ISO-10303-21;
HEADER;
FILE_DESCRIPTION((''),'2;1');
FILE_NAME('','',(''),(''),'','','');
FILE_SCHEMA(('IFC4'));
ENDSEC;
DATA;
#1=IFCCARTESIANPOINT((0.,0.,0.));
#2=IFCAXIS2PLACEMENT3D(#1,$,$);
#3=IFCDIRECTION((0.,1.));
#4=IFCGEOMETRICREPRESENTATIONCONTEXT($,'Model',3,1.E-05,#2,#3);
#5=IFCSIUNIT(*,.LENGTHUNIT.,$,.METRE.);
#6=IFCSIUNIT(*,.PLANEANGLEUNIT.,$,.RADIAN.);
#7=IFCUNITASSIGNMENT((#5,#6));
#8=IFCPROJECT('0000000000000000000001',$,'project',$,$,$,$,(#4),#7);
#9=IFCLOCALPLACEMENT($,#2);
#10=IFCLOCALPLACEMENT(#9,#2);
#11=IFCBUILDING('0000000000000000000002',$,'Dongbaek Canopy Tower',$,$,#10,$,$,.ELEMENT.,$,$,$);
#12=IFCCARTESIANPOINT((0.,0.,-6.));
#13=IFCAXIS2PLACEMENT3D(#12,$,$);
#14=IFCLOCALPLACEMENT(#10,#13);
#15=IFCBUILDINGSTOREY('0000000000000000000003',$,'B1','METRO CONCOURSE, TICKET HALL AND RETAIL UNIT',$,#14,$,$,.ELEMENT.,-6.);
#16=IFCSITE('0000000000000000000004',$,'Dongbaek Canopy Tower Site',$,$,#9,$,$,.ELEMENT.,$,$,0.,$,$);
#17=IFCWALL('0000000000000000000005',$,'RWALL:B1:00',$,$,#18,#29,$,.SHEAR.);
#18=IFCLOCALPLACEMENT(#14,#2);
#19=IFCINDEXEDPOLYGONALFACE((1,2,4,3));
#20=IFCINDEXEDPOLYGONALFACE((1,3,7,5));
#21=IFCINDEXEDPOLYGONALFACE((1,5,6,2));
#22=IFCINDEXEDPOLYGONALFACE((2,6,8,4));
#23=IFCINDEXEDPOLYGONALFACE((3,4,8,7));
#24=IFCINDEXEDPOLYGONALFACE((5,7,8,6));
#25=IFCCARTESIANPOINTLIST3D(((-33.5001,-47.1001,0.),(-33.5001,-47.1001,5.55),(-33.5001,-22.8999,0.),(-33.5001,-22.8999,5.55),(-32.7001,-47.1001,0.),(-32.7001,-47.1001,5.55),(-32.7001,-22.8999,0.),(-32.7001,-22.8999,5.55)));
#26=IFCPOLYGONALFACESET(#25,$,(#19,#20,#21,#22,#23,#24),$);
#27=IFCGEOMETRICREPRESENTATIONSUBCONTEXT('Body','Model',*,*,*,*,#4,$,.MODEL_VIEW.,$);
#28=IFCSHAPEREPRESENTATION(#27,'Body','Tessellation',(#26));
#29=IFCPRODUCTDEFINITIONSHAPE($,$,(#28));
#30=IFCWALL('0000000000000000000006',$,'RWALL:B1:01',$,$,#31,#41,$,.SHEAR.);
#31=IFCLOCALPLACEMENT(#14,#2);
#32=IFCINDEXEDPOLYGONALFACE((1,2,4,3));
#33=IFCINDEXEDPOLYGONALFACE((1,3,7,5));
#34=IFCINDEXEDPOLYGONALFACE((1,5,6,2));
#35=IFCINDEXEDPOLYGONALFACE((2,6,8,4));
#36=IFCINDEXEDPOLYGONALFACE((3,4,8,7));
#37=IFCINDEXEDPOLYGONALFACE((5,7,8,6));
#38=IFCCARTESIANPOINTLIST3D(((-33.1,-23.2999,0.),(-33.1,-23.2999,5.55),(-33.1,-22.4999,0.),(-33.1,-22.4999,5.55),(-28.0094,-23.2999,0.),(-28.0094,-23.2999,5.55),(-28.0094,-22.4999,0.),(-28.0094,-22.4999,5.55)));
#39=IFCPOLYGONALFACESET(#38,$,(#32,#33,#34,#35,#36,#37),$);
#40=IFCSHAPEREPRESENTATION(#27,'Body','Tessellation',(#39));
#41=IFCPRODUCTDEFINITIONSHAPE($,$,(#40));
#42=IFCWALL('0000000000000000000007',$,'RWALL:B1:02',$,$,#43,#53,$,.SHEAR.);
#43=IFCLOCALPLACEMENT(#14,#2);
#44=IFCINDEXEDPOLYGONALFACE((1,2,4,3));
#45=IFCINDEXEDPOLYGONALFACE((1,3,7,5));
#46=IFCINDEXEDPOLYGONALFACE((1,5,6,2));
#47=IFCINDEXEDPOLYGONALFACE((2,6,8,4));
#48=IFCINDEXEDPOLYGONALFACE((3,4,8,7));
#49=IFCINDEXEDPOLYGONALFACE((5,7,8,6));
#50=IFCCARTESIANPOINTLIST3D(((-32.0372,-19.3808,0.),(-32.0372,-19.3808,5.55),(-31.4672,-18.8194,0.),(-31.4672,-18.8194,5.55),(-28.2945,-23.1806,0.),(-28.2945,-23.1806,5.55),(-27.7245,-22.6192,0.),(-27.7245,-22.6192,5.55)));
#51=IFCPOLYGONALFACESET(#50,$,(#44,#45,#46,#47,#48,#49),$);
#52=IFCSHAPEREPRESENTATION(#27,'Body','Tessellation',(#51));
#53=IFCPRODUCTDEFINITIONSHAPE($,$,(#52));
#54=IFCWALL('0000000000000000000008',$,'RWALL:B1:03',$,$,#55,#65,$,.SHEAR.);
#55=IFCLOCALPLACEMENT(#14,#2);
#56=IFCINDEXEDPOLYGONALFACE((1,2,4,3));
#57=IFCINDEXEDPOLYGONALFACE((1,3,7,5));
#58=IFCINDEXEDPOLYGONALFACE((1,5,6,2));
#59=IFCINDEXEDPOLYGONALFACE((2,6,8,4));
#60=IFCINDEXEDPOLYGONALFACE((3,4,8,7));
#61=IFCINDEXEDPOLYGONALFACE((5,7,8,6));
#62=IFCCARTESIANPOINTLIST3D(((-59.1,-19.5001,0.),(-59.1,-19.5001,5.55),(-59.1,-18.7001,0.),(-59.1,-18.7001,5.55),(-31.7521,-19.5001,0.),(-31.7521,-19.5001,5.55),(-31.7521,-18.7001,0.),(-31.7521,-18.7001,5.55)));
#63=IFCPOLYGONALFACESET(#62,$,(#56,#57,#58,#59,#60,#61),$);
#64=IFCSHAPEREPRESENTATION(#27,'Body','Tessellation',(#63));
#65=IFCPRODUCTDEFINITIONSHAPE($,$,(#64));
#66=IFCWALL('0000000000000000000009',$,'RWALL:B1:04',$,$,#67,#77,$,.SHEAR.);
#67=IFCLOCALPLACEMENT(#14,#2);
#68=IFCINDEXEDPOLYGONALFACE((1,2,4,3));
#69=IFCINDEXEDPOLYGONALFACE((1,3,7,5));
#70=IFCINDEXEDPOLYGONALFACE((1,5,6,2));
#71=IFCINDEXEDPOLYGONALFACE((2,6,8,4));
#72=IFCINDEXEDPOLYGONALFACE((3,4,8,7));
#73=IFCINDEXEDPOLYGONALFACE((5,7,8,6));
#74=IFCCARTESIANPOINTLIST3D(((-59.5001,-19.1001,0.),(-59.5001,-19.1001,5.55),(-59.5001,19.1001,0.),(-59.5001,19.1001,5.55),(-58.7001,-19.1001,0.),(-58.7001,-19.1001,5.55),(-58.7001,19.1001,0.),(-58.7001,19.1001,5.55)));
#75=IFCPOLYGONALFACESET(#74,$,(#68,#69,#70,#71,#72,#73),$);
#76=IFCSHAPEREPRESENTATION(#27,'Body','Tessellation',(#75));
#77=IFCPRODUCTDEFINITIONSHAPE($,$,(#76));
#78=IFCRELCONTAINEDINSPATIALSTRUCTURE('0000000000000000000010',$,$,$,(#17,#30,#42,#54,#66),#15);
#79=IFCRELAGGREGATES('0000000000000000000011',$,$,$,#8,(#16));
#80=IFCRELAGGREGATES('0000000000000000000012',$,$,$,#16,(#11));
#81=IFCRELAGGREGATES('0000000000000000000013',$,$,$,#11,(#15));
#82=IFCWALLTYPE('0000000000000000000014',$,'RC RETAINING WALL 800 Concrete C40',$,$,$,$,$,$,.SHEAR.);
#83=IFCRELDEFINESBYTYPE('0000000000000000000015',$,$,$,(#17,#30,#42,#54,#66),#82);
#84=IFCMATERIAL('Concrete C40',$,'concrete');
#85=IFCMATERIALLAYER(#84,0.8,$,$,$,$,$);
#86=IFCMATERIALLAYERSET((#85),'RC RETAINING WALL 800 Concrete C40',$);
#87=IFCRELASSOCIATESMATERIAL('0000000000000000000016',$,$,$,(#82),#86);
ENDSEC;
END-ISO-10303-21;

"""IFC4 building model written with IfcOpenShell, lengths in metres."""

from ifc_helpers import new_model, si_unit, direction, frame, frame_2d, origin, place, context, subcontext, project, spatial, rectangle, extrude, material, layer, layer_set, type_object, element, save


model = new_model("IFC4")

# Units and contexts
model_context = context("Model", 3, precision=1e-05, world=origin(), true_north=direction((0.0, 1.0)))
body_context = subcontext(model_context, "Body", "Model", "MODEL_VIEW")
ifc_project = project(units=[si_unit("LENGTHUNIT", "METRE"), si_unit("PLANEANGLEUNIT", "RADIAN")], contexts=[model_context])

# Site, building, storey
site_placement = place(None, origin())
site = spatial("IfcSite", under=ifc_project, at=site_placement, Name="Dongbaek Canopy Tower Site", CompositionType="ELEMENT", RefElevation=0.0)
building_placement = place(site_placement, origin())
building = spatial("IfcBuilding", under=site, at=building_placement, Name="Dongbaek Canopy Tower", CompositionType="ELEMENT")
storey_placement = place(building_placement, frame((0.0, 0.0, -6.0)))
storey = spatial("IfcBuildingStorey", under=building, at=storey_placement, Name="B1", Description="METRO CONCOURSE, TICKET HALL AND RETAIL UNIT", CompositionType="ELEMENT", Elevation=-6.0)

# Walls
ifc_material_1 = material(Name="Concrete C40", Category="concrete")
ifc_layer_1 = layer(ifc_material_1, 0.8)
ifc_layer_set_1 = layer_set([ifc_layer_1], Name="RC RETAINING WALL 800 Concrete C40")
wall_type_1 = type_object("IfcWallType", Name="RC RETAINING WALL 800 Concrete C40", PredefinedType="SHEAR", material=ifc_layer_set_1)
wall_1_placement = place(storey_placement, frame((-33.1001, -47.1001, 0.0), z_axis=(0.0, 0.0, 1.0), x_axis=(0.0, 1.0, 0.0)))
element("IfcWall", 1, at=wall_1_placement, inside=storey, type_object=wall_type_1, Name="RWALL:B1:00", PredefinedType="SHEAR", context=body_context, shape_type="SweptSolid", body=[
    extrude(rectangle(XDim=24.2002, YDim=0.8, at=frame_2d((12.1001, 0.0))), origin(), (0.0, 0.0, 1.0), 5.55),
])
wall_2_placement = place(storey_placement, frame((-33.1001, -22.8999, 0.0), z_axis=(0.0, 0.0, 1.0), x_axis=(1.0, 0.0, 0.0)))
element("IfcWall", 2, at=wall_2_placement, inside=storey, type_object=wall_type_1, Name="RWALL:B1:01", PredefinedType="SHEAR", context=body_context, shape_type="SweptSolid", body=[
    extrude(rectangle(XDim=5.0906, YDim=0.8, at=frame_2d((2.5454, 0.0))), origin(), (0.0, 0.0, 1.0), 5.55),
])
wall_3_placement = place(storey_placement, frame((-28.0095, -22.8999, 0.0), z_axis=(0.0, 0.0, 1.0), x_axis=(-0.701731, 0.712442, 0.0)))
element("IfcWall", 3, at=wall_3_placement, inside=storey, type_object=wall_type_1, Name="RWALL:B1:02", PredefinedType="SHEAR", context=body_context, shape_type="SweptSolid", body=[
    extrude(rectangle(XDim=5.3335, YDim=0.8, at=frame_2d((2.6667, 0.0))), origin(), (0.0, 0.0, 1.0), 5.55),
])
wall_4_placement = place(storey_placement, frame((-31.7522, -19.1001, 0.0), z_axis=(0.0, 0.0, 1.0), x_axis=(-1.0, 0.0, 0.0)))
element("IfcWall", 4, at=wall_4_placement, inside=storey, type_object=wall_type_1, Name="RWALL:B1:03", PredefinedType="SHEAR", context=body_context, shape_type="SweptSolid", body=[
    extrude(rectangle(XDim=27.3479, YDim=0.8, at=frame_2d((13.6738, 0.0))), origin(), (0.0, 0.0, 1.0), 5.55),
])
wall_5_placement = place(storey_placement, frame((-59.1001, -19.1001, 0.0), z_axis=(0.0, 0.0, 1.0), x_axis=(0.0, 1.0, 0.0)))
element("IfcWall", 5, at=wall_5_placement, inside=storey, type_object=wall_type_1, Name="RWALL:B1:04", PredefinedType="SHEAR", context=body_context, shape_type="SweptSolid", body=[
    extrude(rectangle(XDim=38.2002, YDim=0.8, at=frame_2d((19.1001, 0.0))), origin(), (0.0, 0.0, 1.0), 5.55),
])

save(model, "model.ifc")
